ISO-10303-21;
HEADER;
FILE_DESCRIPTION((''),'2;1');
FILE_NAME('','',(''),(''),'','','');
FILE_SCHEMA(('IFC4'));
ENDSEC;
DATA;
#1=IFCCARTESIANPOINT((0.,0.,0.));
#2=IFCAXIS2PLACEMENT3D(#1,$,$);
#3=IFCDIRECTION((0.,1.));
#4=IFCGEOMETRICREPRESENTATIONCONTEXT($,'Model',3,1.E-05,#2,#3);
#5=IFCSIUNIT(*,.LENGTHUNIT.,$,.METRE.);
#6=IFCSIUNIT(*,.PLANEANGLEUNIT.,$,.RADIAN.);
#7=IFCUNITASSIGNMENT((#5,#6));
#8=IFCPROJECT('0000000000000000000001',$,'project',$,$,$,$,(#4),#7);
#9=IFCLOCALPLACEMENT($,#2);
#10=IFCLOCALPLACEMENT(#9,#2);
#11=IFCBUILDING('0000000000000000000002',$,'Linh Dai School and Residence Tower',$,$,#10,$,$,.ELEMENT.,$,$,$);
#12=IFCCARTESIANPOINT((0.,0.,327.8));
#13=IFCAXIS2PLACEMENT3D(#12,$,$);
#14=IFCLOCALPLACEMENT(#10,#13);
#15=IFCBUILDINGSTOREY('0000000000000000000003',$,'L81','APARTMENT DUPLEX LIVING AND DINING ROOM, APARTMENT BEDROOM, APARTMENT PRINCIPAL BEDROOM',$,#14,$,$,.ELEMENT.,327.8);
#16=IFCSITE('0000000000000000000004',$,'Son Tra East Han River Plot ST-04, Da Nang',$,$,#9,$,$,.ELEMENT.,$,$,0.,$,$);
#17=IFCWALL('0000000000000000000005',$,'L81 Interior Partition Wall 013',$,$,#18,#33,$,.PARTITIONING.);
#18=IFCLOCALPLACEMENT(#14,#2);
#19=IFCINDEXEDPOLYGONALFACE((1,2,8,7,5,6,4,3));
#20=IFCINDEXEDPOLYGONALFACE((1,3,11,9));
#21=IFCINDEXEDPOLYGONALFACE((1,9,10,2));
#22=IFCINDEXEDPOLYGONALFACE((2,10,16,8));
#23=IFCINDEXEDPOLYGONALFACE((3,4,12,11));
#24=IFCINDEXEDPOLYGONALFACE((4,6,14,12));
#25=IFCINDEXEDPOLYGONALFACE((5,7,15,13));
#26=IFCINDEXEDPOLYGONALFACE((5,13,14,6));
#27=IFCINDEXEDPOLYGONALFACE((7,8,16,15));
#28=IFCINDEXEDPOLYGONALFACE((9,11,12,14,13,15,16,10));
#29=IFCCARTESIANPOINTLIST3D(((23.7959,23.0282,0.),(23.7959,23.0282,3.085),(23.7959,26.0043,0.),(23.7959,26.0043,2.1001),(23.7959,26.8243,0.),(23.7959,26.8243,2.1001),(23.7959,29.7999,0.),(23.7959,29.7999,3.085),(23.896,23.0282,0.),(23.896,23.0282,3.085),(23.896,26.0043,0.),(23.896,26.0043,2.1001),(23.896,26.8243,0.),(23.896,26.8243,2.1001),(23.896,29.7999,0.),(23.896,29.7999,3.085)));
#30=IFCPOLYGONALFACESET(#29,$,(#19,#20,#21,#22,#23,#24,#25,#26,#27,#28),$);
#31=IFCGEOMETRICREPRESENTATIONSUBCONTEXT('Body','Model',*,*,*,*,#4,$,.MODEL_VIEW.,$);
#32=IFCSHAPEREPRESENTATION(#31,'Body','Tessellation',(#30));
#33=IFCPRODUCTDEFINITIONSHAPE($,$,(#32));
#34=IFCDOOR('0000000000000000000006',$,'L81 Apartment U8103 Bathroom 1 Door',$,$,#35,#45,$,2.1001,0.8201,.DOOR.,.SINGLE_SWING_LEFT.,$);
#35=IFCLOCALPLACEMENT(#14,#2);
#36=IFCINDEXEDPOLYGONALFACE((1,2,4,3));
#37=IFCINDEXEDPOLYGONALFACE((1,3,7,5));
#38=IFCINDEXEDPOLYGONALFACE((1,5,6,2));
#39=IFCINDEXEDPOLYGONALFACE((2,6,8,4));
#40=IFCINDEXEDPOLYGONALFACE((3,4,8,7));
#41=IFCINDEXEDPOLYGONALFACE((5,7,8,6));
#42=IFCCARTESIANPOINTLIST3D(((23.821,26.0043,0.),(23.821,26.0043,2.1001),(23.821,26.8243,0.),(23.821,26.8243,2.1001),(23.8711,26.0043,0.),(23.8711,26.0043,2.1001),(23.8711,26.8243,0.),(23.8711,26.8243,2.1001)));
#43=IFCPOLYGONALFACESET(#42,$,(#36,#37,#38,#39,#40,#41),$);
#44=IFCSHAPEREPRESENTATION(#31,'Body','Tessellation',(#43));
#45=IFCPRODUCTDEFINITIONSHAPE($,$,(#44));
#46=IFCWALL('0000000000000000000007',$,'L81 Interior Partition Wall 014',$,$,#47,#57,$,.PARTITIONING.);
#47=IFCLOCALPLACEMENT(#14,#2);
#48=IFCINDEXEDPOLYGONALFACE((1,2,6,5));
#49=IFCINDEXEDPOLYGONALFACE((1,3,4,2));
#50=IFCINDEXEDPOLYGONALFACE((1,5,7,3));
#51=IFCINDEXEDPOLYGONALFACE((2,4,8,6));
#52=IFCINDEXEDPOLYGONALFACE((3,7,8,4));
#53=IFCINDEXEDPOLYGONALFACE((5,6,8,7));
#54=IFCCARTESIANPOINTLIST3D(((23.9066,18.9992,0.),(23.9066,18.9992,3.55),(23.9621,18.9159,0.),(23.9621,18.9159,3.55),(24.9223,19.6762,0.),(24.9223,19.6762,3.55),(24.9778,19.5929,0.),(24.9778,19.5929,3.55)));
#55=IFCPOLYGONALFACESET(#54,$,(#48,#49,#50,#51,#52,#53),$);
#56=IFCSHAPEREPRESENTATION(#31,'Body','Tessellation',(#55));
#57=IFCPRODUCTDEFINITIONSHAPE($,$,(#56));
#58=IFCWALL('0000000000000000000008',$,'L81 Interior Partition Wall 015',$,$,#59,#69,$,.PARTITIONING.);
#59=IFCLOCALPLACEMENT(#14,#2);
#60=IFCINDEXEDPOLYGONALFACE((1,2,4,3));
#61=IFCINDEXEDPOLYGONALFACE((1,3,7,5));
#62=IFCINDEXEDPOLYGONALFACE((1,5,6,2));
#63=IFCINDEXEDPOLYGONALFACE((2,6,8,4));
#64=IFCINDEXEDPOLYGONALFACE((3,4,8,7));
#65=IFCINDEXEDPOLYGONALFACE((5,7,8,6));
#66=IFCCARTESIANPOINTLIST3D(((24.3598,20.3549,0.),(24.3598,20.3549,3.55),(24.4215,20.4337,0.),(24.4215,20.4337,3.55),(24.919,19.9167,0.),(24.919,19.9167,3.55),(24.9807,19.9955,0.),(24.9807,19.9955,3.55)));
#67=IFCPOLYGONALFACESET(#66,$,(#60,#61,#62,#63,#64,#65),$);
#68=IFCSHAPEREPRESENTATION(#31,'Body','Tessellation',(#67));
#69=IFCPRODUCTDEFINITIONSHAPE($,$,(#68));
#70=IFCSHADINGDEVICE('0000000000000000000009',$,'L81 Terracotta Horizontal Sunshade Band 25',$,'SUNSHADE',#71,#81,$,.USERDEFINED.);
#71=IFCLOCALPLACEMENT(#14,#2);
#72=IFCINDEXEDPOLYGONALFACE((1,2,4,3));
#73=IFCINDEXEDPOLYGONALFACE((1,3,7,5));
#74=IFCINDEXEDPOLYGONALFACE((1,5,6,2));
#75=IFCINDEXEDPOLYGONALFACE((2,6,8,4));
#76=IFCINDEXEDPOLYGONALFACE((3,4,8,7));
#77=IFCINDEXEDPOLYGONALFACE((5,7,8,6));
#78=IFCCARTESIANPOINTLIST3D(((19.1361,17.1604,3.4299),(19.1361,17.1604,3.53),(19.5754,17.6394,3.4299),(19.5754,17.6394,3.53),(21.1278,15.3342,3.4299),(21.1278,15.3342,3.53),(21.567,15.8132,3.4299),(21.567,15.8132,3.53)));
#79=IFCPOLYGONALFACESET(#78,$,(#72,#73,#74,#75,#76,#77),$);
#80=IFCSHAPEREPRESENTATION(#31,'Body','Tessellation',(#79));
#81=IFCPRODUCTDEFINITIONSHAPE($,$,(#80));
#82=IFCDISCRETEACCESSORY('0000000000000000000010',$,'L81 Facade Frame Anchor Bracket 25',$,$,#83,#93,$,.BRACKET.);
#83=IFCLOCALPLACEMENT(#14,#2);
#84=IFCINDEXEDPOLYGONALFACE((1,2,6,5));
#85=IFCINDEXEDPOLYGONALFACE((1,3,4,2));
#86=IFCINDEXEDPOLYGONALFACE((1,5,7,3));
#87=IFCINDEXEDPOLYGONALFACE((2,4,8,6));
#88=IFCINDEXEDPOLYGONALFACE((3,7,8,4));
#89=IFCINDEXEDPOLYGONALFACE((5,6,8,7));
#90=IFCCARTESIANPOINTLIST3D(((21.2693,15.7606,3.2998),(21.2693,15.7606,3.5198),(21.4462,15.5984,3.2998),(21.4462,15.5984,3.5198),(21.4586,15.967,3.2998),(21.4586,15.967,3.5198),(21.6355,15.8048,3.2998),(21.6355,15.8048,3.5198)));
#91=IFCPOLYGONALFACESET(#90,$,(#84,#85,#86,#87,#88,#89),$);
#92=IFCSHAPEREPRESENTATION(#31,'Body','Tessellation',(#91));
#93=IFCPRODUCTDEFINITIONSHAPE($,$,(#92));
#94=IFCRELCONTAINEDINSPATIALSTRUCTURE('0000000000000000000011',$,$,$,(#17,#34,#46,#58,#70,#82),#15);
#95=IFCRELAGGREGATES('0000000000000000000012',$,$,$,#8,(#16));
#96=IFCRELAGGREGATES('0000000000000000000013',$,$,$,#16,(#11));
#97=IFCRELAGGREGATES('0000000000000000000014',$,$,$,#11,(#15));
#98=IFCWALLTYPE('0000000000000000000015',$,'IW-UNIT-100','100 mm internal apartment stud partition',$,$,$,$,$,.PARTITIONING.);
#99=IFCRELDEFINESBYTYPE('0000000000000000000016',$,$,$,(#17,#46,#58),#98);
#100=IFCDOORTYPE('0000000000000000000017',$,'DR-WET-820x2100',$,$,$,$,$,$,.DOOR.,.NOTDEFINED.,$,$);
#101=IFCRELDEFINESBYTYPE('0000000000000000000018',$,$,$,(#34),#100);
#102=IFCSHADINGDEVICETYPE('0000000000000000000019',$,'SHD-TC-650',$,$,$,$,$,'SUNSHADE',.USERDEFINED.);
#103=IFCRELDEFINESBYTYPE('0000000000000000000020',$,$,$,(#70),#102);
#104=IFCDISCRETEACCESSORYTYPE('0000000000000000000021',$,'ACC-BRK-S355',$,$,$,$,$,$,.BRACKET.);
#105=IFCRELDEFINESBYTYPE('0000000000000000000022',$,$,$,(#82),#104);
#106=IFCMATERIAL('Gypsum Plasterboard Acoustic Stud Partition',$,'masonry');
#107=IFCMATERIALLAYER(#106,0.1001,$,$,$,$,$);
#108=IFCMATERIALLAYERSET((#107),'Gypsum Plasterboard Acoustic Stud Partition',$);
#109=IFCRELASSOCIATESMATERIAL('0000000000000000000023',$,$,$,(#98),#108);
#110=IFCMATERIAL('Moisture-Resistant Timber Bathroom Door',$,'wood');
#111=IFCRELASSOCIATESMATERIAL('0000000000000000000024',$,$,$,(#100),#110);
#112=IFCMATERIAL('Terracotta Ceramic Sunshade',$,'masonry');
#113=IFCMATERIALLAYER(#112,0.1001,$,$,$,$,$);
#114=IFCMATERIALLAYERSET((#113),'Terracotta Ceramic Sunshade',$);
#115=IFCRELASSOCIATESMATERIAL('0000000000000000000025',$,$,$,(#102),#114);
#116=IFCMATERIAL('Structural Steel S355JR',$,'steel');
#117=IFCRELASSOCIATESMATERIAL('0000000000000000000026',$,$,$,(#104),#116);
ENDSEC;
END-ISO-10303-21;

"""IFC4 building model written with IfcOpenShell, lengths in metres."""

from ifc_helpers import new_model, si_unit, direction, frame, frame_2d, origin, origin_2d, place, context, subcontext, project, spatial, rectangle, extrude, source, transform, mapped, material, layer, layer_set, type_object, element, fill, save


model = new_model("IFC4")

# Units and contexts
model_context = context("Model", 3, precision=1e-05, world=origin(), true_north=direction((0.0, 1.0)))
body_context = subcontext(model_context, "Body", "Model", "MODEL_VIEW")
ifc_project = project(units=[si_unit("LENGTHUNIT", "METRE"), si_unit("PLANEANGLEUNIT", "RADIAN")], contexts=[model_context])

# Site, building, storey
site_placement = place(None, origin())
site = spatial("IfcSite", under=ifc_project, at=site_placement, Name="Son Tra East Han River Plot ST-04, Da Nang", CompositionType="ELEMENT", RefElevation=0.0)
building_placement = place(site_placement, origin())
building = spatial("IfcBuilding", under=site, at=building_placement, Name="Linh Dai School and Residence Tower", CompositionType="ELEMENT")
storey_placement = place(building_placement, frame((0.0, 0.0, 327.8)))
storey = spatial("IfcBuildingStorey", under=building, at=storey_placement, Name="L81", Description="APARTMENT DUPLEX LIVING AND DINING ROOM, APARTMENT BEDROOM, APARTMENT PRINCIPAL BEDROOM", CompositionType="ELEMENT", Elevation=327.8)

# Shared definitions
ifc_material_1 = material(Name="Structural Steel S355JR", Category="steel")

# Shared definitions
ifc_material_2 = material(Name="Gypsum Plasterboard Acoustic Stud Partition", Category="masonry")
ifc_layer_1 = layer(ifc_material_2, 0.1001)
ifc_layer_set_1 = layer_set([ifc_layer_1], Name="Gypsum Plasterboard Acoustic Stud Partition")
wall_type_1 = type_object("IfcWallType", Name="IW-UNIT-100", Description="100 mm internal apartment stud partition", PredefinedType="PARTITIONING", material=ifc_layer_set_1)
ifc_material_3 = material(Name="Moisture-Resistant Timber Bathroom Door", Category="wood")
door_type_1 = type_object("IfcDoorType", Name="DR-WET-820x2100", OperationType="NOTDEFINED", PredefinedType="DOOR", material=ifc_material_3)
shared_shape_1 = source(origin(), body_context, "Body", "SweptSolid", [
    extrude(rectangle(XDim=0.8201, YDim=2.1001, at=origin_2d()), frame((0.4102, 0.0249, 1.05), z_axis=(0.0, -1.0, 0.0), x_axis=(1.0, 0.0, 0.0)), (0.0, 0.0, 1.0), 0.05),
])

# Wall, opening, door
wall_1_placement = place(storey_placement, frame((23.8459, 23.0283, 0.0), z_axis=(0.0, 0.0, 1.0), x_axis=(0.0, 1.0, 0.0)))
wall_1 = element("IfcWall", 1, at=wall_1_placement, inside=storey, type_object=wall_type_1, Name="L81 Interior Partition Wall 013", PredefinedType="PARTITIONING", context=body_context, shape_type="SweptSolid", body=[
    extrude(rectangle(XDim=6.7717, YDim=0.1001, at=frame_2d((3.3857, 0.0))), origin(), (0.0, 0.0, 1.0), 3.085),
])
opening_1_placement = place(wall_1_placement, frame((2.9758, 0.0, 0.0)))
opening_1 = element("IfcOpeningElement", 2, at=opening_1_placement, cuts=wall_1, PredefinedType="OPENING", context=body_context, shape_type="SweptSolid", body=[
    extrude(rectangle(XDim=0.8201, YDim=2.1001, at=origin_2d()), frame((0.4102, 0.0601, 1.05), z_axis=(0.0, -1.0, 0.0), x_axis=(1.0, 0.0, 0.0)), (0.0, 0.0, 1.0), 0.1201),
])
door_1_placement = place(opening_1_placement, origin())
door_1 = element("IfcDoor", 3, at=door_1_placement, inside=storey, type_object=door_type_1, Name="L81 Apartment U8103 Bathroom 1 Door", OperationType="SINGLE_SWING_LEFT", OverallHeight=2.1001, OverallWidth=0.8201, PredefinedType="DOOR", context=body_context, shape_type="MappedRepresentation", body=[
    mapped(shared_shape_1, transform((0.0, 0.0, 0.0), x_axis=(1.0, 0.0, 0.0), y_axis=(0.0, 1.0, 0.0), z_axis=(0.0, 0.0, 1.0), scale=1.0)),
])
fill(opening_1, door_1)

# Walls
wall_2_placement = place(storey_placement, frame((23.9343, 18.9575, 0.0), z_axis=(0.0, 0.0, 1.0), x_axis=(0.832081, 0.554654, 0.0)))
element("IfcWall", 4, at=wall_2_placement, inside=storey, type_object=wall_type_1, Name="L81 Interior Partition Wall 014", PredefinedType="PARTITIONING", context=body_context, shape_type="SweptSolid", body=[
    extrude(rectangle(XDim=1.2207, YDim=0.1001, at=frame_2d((0.6104, 0.0))), origin(), (0.0, 0.0, 1.0), 3.55),
])
wall_3_placement = place(storey_placement, frame((24.3906, 20.3943, 0.0), z_axis=(0.0, 0.0, 1.0), x_axis=(0.787164, -0.616744, 0.0)))
element("IfcWall", 5, at=wall_3_placement, inside=storey, type_object=wall_type_1, Name="L81 Interior Partition Wall 015", PredefinedType="PARTITIONING", context=body_context, shape_type="SweptSolid", body=[
    extrude(rectangle(XDim=0.7104, YDim=0.1001, at=frame_2d((0.3552, 0.0))), origin(), (0.0, 0.0, 1.0), 3.55),
])

# Shading device
ifc_material_4 = material(Name="Terracotta Ceramic Sunshade", Category="masonry")
ifc_layer_2 = layer(ifc_material_4, 0.1001)
ifc_layer_set_2 = layer_set([ifc_layer_2], Name="Terracotta Ceramic Sunshade")
shading_device_type = type_object("IfcShadingDeviceType", Name="SHD-TC-650", ElementType="SUNSHADE", PredefinedType="USERDEFINED", material=ifc_layer_set_2)
shared_shape_2 = source(origin(), body_context, "Body", "SweptSolid", [
    extrude(rectangle(XDim=2.7021, YDim=0.6499, at=origin_2d()), origin(), (0.0, 0.0, 1.0), 0.1001),
])
shading_device_placement = place(storey_placement, frame((20.3516, 16.4868, 3.4299), z_axis=(0.0, 0.0, 1.0), x_axis=(-0.737048, 0.675841, 0.0)))
element("IfcShadingDevice", 6, at=shading_device_placement, inside=storey, type_object=shading_device_type, Name="L81 Terracotta Horizontal Sunshade Band 25", ObjectType="SUNSHADE", PredefinedType="USERDEFINED", context=body_context, shape_type="MappedRepresentation", body=[
    mapped(shared_shape_2, transform((0.0, 0.0, 0.0), x_axis=(1.0, 0.0, 0.0), y_axis=(0.0, 1.0, 0.0), z_axis=(0.0, 0.0, 1.0), scale=1.0)),
])

# Discrete accessory
discrete_accessory_type = type_object("IfcDiscreteAccessoryType", Name="ACC-BRK-S355", PredefinedType="BRACKET", material=ifc_material_1)
shared_shape_3 = source(origin(), body_context, "Body", "SweptSolid", [
    extrude(rectangle(XDim=0.28, YDim=0.24, at=origin_2d()), origin(), (0.0, 0.0, 1.0), 0.22),
])
discrete_accessory_placement = place(storey_placement, frame((21.4524, 15.7827, 3.2998), z_axis=(0.0, 0.0, 1.0), x_axis=(-0.675841, -0.737048, 0.0)))
element("IfcDiscreteAccessory", 7, at=discrete_accessory_placement, inside=storey, type_object=discrete_accessory_type, Name="L81 Facade Frame Anchor Bracket 25", PredefinedType="BRACKET", context=body_context, shape_type="MappedRepresentation", body=[
    mapped(shared_shape_3, transform((0.0, 0.0, 0.0), x_axis=(1.0, 0.0, 0.0), y_axis=(0.0, 1.0, 0.0), z_axis=(0.0, 0.0, 1.0), scale=1.0)),
])

save(model, "model.ifc")
